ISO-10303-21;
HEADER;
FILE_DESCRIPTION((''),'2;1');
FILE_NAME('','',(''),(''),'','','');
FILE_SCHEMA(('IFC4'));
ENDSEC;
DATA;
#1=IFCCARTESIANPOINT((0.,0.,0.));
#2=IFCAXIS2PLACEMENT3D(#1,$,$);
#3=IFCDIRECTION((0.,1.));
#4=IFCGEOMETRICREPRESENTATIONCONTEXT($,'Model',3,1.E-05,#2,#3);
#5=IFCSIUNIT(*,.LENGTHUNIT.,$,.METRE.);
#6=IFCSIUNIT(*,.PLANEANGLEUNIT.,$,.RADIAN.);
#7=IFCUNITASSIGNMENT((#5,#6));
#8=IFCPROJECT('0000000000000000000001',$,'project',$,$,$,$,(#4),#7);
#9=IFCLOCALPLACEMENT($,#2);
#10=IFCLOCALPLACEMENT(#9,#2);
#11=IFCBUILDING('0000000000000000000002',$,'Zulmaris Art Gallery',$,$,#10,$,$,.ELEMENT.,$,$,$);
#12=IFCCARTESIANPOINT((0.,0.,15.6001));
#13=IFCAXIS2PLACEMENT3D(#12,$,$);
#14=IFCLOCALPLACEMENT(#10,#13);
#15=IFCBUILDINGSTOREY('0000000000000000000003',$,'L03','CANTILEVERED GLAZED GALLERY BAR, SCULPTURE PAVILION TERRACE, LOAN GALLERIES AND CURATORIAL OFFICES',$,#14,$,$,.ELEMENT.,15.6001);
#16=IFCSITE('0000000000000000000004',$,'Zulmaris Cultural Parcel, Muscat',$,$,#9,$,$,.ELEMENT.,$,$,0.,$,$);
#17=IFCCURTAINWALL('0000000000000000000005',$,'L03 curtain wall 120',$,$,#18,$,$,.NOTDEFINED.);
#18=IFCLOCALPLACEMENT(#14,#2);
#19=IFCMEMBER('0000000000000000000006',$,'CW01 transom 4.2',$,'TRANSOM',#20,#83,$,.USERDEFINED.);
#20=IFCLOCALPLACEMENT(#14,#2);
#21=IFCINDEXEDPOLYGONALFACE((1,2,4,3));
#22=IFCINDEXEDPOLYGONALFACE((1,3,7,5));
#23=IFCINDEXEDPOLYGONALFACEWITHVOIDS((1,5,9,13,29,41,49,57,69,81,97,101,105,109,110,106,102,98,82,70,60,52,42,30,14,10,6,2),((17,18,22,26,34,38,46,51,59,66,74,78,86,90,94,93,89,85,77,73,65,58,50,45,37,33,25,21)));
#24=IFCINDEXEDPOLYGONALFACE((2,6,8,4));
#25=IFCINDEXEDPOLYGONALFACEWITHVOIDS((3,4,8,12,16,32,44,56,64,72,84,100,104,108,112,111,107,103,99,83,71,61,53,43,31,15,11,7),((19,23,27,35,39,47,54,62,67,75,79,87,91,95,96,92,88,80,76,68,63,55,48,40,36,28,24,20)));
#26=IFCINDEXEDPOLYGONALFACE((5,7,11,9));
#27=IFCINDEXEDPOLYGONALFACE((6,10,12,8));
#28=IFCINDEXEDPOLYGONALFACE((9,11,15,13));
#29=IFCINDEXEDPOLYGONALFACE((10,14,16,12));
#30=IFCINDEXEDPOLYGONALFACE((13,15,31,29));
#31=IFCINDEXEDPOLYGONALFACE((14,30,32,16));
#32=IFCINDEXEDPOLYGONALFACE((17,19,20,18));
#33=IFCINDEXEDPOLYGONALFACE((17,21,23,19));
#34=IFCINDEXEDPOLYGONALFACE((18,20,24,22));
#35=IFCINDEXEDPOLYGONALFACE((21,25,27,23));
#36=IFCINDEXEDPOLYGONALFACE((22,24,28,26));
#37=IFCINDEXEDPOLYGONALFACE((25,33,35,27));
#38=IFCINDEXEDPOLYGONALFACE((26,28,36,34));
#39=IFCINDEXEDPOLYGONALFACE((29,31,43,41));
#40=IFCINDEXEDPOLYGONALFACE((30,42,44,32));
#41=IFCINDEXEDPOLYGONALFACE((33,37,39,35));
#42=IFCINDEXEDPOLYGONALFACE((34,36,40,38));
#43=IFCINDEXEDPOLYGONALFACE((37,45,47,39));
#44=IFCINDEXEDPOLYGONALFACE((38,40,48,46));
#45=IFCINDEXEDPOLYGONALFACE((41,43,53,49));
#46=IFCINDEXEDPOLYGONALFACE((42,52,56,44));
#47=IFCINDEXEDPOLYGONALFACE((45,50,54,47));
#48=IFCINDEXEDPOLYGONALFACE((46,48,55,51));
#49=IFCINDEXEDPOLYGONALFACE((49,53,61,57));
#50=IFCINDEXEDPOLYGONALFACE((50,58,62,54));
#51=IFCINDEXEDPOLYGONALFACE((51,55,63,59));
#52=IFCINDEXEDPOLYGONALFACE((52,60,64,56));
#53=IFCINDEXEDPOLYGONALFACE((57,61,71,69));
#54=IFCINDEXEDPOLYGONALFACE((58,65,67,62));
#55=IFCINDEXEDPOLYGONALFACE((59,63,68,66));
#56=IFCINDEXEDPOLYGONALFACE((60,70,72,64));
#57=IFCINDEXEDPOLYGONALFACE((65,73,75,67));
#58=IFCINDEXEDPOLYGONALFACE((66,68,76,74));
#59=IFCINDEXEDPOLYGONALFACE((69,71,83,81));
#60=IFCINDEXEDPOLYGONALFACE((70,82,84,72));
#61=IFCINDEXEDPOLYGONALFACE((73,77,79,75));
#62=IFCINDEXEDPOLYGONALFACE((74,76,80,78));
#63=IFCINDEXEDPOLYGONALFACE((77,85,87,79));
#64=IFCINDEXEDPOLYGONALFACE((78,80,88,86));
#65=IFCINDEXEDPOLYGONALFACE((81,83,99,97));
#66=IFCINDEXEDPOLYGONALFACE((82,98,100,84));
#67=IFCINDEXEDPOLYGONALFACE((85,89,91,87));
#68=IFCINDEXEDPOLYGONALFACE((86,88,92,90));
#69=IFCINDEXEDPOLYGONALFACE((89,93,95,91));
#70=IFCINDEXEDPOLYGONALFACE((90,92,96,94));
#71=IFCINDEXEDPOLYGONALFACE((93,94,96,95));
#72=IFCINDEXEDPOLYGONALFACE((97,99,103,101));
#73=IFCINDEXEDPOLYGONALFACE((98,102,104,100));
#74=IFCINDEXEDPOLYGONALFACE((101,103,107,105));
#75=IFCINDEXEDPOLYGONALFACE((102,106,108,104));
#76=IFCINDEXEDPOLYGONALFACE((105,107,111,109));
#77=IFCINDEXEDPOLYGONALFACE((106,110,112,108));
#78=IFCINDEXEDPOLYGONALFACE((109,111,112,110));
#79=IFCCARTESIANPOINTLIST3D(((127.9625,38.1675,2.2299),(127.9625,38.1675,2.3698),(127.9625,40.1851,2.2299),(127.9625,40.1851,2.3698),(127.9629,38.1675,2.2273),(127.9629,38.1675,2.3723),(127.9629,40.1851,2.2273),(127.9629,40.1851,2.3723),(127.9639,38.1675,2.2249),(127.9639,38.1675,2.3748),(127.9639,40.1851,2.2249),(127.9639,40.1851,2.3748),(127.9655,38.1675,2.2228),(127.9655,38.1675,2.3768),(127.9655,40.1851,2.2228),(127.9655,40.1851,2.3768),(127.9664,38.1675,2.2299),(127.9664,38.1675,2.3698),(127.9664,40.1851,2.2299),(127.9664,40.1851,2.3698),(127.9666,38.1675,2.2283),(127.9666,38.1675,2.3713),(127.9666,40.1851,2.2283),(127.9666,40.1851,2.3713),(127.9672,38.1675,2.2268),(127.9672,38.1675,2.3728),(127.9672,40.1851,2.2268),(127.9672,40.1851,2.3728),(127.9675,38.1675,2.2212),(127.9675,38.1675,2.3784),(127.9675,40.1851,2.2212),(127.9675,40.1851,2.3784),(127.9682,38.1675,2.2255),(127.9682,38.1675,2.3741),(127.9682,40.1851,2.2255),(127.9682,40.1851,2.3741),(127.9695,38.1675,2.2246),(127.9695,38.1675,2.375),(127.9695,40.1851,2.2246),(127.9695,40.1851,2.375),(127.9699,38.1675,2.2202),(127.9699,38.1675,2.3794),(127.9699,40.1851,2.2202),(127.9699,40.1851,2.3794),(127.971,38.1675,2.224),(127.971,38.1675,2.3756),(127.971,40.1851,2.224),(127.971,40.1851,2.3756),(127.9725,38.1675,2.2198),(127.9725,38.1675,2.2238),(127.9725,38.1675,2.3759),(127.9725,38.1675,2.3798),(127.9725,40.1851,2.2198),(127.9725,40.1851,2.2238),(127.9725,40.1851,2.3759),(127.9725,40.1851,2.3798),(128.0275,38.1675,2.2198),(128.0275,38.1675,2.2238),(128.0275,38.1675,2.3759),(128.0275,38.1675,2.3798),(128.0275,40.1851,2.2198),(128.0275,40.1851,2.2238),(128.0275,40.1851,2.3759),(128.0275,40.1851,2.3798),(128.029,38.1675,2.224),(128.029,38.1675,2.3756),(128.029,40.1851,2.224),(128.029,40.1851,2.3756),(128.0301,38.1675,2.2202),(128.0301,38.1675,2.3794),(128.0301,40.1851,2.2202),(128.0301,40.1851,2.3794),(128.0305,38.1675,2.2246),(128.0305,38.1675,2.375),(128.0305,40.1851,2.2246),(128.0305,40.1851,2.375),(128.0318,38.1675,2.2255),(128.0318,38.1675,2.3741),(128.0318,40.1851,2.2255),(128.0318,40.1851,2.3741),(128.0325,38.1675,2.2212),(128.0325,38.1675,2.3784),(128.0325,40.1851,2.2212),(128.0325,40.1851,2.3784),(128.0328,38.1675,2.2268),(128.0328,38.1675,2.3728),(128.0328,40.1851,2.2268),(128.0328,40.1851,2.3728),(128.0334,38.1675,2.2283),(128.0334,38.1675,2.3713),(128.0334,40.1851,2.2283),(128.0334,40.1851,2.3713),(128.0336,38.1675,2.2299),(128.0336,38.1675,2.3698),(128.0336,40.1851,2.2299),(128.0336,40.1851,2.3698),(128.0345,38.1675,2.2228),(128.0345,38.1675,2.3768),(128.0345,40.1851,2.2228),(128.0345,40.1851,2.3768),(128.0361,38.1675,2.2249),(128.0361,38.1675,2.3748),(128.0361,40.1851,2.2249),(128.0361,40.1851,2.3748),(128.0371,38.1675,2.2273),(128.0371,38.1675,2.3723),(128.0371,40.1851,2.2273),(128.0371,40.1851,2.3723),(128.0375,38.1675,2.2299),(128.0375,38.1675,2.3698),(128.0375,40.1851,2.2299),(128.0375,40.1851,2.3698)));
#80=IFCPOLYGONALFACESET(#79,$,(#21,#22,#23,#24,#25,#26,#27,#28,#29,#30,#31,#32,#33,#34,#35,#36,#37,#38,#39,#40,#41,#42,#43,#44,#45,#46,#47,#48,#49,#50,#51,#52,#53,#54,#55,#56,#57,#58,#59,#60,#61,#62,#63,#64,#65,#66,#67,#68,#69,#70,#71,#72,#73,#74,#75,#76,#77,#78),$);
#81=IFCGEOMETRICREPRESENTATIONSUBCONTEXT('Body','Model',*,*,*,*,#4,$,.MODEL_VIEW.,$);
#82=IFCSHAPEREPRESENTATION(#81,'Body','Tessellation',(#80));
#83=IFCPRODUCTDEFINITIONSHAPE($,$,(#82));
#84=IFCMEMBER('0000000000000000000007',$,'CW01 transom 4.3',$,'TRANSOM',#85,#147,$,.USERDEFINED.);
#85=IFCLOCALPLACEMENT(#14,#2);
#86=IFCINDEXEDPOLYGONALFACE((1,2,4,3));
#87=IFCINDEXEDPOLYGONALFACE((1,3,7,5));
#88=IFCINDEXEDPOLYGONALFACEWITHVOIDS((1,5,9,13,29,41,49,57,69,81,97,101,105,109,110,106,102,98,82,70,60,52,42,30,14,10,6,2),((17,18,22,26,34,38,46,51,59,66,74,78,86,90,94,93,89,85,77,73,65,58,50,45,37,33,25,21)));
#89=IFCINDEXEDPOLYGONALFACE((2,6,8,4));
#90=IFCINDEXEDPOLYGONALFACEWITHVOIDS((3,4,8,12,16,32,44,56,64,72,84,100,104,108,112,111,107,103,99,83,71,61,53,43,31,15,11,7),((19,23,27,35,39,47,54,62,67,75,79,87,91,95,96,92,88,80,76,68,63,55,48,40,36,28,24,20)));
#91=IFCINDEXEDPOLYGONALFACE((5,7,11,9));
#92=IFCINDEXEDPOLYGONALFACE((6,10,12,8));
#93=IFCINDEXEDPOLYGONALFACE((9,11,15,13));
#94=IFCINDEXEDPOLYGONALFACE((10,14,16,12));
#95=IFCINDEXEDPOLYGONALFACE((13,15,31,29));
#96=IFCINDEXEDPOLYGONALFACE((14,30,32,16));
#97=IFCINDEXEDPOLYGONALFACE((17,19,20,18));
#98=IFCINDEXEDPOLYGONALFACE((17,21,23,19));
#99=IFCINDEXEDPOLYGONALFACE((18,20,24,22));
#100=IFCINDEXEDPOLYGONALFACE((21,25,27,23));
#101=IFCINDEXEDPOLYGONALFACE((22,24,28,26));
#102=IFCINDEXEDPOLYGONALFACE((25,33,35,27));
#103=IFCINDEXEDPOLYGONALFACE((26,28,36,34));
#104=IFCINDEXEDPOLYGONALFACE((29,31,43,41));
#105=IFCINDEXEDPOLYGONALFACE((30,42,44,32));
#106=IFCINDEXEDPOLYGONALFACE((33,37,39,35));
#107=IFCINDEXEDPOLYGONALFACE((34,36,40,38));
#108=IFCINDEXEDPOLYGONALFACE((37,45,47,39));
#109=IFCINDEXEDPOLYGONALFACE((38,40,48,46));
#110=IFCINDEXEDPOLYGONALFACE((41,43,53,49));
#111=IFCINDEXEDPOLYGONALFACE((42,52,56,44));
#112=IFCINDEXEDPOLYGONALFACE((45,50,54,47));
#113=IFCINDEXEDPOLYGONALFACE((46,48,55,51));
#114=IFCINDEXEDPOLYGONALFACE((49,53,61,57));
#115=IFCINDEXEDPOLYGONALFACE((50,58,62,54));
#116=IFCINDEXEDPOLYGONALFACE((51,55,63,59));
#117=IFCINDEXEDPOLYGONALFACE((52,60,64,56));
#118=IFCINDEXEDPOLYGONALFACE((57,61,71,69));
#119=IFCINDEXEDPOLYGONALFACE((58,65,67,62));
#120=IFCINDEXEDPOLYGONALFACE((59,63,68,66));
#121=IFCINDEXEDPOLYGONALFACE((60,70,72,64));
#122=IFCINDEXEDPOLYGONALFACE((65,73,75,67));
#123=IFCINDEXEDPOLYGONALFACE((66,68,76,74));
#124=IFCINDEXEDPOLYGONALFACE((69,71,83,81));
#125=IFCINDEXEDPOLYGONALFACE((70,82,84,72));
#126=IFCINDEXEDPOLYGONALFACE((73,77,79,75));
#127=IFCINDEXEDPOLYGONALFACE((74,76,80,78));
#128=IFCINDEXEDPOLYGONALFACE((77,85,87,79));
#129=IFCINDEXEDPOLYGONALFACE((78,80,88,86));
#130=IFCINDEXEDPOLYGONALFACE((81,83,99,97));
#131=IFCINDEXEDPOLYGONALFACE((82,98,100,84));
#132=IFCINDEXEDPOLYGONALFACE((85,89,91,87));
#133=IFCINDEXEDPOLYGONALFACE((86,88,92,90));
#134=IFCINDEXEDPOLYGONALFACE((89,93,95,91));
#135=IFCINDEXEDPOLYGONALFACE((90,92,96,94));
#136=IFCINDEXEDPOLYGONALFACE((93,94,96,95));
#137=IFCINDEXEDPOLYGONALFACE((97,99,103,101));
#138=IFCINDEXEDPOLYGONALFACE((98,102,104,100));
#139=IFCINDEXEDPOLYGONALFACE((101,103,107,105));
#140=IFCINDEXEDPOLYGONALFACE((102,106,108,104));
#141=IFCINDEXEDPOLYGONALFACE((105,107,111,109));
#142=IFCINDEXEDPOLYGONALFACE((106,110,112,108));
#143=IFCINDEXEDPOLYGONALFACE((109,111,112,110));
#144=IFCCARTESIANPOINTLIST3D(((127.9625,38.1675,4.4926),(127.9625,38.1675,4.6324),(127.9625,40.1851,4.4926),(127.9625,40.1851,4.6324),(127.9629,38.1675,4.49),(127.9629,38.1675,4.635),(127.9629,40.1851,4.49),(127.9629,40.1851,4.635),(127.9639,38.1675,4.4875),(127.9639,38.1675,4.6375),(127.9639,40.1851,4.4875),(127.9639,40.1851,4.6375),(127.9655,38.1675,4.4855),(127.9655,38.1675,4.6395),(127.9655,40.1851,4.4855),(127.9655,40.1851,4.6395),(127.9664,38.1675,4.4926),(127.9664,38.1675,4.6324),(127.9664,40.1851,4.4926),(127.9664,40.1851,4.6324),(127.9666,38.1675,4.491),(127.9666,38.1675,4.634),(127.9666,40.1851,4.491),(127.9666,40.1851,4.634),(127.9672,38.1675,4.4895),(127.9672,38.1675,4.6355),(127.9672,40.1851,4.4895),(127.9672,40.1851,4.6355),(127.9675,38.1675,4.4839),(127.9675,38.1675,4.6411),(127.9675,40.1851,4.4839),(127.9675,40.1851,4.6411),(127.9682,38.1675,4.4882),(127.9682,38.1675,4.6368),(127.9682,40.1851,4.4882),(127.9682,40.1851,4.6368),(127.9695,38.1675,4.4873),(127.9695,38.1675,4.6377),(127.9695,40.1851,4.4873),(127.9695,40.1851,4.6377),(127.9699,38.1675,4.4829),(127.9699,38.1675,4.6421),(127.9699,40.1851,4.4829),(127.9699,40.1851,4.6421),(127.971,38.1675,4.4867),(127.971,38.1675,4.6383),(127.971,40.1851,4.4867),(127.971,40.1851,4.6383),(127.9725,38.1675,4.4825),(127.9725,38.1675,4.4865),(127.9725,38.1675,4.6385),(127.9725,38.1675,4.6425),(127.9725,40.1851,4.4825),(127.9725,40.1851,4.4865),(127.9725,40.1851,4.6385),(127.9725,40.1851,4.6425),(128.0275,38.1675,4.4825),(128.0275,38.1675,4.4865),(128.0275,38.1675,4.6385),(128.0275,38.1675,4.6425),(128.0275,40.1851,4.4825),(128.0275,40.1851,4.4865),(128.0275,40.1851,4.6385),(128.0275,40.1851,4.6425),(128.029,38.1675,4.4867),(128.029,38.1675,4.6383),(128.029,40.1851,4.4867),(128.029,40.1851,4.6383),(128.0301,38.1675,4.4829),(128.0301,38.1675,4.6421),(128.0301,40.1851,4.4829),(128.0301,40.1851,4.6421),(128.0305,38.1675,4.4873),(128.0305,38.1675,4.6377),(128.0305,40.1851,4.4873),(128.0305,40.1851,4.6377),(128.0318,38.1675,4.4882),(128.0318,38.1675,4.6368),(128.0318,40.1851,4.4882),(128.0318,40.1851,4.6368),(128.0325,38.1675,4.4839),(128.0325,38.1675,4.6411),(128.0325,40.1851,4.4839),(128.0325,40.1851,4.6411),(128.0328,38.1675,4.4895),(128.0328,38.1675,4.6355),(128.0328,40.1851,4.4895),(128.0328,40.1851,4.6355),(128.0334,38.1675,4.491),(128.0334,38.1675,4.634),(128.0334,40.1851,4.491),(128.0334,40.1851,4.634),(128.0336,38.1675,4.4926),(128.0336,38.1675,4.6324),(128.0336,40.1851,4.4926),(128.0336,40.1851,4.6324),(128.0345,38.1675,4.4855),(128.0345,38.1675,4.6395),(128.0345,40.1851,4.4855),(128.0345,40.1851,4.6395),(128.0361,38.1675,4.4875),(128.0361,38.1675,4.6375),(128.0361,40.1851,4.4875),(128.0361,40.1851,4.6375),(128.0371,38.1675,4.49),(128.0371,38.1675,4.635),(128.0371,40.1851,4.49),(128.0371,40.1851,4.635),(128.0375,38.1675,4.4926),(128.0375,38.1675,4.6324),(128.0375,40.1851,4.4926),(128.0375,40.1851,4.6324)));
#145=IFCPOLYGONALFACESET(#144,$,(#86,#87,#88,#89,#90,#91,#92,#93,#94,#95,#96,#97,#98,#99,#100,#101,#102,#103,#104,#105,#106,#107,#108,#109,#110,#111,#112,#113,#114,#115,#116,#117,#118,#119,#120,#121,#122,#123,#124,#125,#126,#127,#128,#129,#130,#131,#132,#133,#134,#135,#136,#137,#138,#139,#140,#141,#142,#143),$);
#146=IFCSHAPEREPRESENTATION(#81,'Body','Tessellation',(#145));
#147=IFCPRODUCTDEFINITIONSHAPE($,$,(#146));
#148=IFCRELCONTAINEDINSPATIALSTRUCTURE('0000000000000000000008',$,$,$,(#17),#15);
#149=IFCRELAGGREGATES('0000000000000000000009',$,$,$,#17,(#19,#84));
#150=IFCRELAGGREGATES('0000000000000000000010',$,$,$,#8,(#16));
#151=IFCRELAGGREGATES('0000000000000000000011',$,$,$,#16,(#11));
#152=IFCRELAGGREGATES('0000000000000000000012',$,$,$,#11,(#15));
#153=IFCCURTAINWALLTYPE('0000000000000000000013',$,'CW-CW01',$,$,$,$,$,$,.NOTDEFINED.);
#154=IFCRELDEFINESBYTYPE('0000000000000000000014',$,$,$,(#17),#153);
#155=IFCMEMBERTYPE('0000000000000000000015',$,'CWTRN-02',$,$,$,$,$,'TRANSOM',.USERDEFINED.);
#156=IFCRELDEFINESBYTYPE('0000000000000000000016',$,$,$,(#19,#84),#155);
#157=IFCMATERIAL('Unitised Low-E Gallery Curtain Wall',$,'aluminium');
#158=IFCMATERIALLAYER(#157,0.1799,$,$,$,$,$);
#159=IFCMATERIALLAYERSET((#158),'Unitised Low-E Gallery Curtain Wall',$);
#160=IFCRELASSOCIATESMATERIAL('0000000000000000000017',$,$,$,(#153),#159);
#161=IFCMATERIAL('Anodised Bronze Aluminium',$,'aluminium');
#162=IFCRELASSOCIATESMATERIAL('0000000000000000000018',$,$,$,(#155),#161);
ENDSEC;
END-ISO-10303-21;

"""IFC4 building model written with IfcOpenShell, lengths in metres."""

from ifc_helpers import new_model, si_unit, direction, frame, origin, origin_2d, place, context, subcontext, project, spatial, hollow_rectangle, extrude, material, layer, layer_set, material_profile, profile_set, type_object, element, aggregate, save


model = new_model("IFC4")

# Units and contexts
model_context = context("Model", 3, precision=1e-05, world=origin(), true_north=direction((0.0, 1.0)))
body_context = subcontext(model_context, "Body", "Model", "MODEL_VIEW")
ifc_project = project(units=[si_unit("LENGTHUNIT", "METRE"), si_unit("PLANEANGLEUNIT", "RADIAN")], contexts=[model_context])

# Site, building, storey
site_placement = place(None, origin())
site = spatial("IfcSite", under=ifc_project, at=site_placement, Name="Zulmaris Cultural Parcel, Muscat", CompositionType="ELEMENT", RefElevation=0.0)
building_placement = place(site_placement, origin())
building = spatial("IfcBuilding", under=site, at=building_placement, Name="Zulmaris Art Gallery", CompositionType="ELEMENT")
storey_placement = place(building_placement, frame((0.0, 0.0, 15.6001)))
storey = spatial("IfcBuildingStorey", under=building, at=storey_placement, Name="L03", Description="CANTILEVERED GLAZED GALLERY BAR, SCULPTURE PAVILION TERRACE, LOAN GALLERIES AND CURATORIAL OFFICES", CompositionType="ELEMENT", Elevation=15.6001)

# Curtain wall, members
ifc_material_1 = material(Name="Unitised Low-E Gallery Curtain Wall", Category="aluminium")
ifc_layer_1 = layer(ifc_material_1, 0.1799)
ifc_layer_set_1 = layer_set([ifc_layer_1], Name="Unitised Low-E Gallery Curtain Wall")
curtain_wall_type = type_object("IfcCurtainWallType", Name="CW-CW01", PredefinedType="NOTDEFINED", material=ifc_layer_set_1)
ifc_material_2 = material(Name="Anodised Bronze Aluminium", Category="aluminium")
curtain_wall_1_placement = place(storey_placement, origin())
curtain_wall_1 = element("IfcCurtainWall", 1, at=curtain_wall_1_placement, inside=storey, type_object=curtain_wall_type, Name="L03 curtain wall 120", PredefinedType="NOTDEFINED")
ifc_material_profile_1 = material_profile(ifc_material_2, hollow_rectangle(XDim=0.075, YDim=0.1599, WallThickness=0.0039, InnerFilletRadius=0.0061, OuterFilletRadius=0.01, at=origin_2d()), Name="ALU 75x160x4")
ifc_profile_set_1 = profile_set([ifc_material_profile_1], Name="Anodised Bronze Aluminium")
member_type_1 = type_object("IfcMemberType", Name="CWTRN-02", ElementType="TRANSOM", PredefinedType="USERDEFINED", material=ifc_profile_set_1)
member_1_placement = place(storey_placement, frame((128.0, 38.1675, 2.2998), z_axis=(0.0, 1.0, 0.0), x_axis=(-1.0, 0.0, 0.0)))
member_1 = element("IfcMember", 2, at=member_1_placement, type_object=member_type_1, Name="CW01 transom 4.2", ObjectType="TRANSOM", PredefinedType="USERDEFINED", context=body_context, shape_type="SweptSolid", body=[
    extrude(hollow_rectangle(XDim=0.075, YDim=0.1599, WallThickness=0.0039, InnerFilletRadius=0.0061, OuterFilletRadius=0.01, at=origin_2d()), origin(), (0.0, 0.0, 1.0), 2.0176),
])
member_2_placement = place(storey_placement, frame((128.0, 38.1675, 4.5625), z_axis=(0.0, 1.0, 0.0), x_axis=(-1.0, 0.0, 0.0)))
member_2 = element("IfcMember", 3, at=member_2_placement, type_object=member_type_1, Name="CW01 transom 4.3", ObjectType="TRANSOM", PredefinedType="USERDEFINED", context=body_context, shape_type="SweptSolid", body=[
    extrude(hollow_rectangle(XDim=0.075, YDim=0.1599, WallThickness=0.0039, InnerFilletRadius=0.0061, OuterFilletRadius=0.01, at=origin_2d()), origin(), (0.0, 0.0, 1.0), 2.0176),
])

aggregate(curtain_wall_1, [member_1, member_2])

save(model, "model.ifc")
